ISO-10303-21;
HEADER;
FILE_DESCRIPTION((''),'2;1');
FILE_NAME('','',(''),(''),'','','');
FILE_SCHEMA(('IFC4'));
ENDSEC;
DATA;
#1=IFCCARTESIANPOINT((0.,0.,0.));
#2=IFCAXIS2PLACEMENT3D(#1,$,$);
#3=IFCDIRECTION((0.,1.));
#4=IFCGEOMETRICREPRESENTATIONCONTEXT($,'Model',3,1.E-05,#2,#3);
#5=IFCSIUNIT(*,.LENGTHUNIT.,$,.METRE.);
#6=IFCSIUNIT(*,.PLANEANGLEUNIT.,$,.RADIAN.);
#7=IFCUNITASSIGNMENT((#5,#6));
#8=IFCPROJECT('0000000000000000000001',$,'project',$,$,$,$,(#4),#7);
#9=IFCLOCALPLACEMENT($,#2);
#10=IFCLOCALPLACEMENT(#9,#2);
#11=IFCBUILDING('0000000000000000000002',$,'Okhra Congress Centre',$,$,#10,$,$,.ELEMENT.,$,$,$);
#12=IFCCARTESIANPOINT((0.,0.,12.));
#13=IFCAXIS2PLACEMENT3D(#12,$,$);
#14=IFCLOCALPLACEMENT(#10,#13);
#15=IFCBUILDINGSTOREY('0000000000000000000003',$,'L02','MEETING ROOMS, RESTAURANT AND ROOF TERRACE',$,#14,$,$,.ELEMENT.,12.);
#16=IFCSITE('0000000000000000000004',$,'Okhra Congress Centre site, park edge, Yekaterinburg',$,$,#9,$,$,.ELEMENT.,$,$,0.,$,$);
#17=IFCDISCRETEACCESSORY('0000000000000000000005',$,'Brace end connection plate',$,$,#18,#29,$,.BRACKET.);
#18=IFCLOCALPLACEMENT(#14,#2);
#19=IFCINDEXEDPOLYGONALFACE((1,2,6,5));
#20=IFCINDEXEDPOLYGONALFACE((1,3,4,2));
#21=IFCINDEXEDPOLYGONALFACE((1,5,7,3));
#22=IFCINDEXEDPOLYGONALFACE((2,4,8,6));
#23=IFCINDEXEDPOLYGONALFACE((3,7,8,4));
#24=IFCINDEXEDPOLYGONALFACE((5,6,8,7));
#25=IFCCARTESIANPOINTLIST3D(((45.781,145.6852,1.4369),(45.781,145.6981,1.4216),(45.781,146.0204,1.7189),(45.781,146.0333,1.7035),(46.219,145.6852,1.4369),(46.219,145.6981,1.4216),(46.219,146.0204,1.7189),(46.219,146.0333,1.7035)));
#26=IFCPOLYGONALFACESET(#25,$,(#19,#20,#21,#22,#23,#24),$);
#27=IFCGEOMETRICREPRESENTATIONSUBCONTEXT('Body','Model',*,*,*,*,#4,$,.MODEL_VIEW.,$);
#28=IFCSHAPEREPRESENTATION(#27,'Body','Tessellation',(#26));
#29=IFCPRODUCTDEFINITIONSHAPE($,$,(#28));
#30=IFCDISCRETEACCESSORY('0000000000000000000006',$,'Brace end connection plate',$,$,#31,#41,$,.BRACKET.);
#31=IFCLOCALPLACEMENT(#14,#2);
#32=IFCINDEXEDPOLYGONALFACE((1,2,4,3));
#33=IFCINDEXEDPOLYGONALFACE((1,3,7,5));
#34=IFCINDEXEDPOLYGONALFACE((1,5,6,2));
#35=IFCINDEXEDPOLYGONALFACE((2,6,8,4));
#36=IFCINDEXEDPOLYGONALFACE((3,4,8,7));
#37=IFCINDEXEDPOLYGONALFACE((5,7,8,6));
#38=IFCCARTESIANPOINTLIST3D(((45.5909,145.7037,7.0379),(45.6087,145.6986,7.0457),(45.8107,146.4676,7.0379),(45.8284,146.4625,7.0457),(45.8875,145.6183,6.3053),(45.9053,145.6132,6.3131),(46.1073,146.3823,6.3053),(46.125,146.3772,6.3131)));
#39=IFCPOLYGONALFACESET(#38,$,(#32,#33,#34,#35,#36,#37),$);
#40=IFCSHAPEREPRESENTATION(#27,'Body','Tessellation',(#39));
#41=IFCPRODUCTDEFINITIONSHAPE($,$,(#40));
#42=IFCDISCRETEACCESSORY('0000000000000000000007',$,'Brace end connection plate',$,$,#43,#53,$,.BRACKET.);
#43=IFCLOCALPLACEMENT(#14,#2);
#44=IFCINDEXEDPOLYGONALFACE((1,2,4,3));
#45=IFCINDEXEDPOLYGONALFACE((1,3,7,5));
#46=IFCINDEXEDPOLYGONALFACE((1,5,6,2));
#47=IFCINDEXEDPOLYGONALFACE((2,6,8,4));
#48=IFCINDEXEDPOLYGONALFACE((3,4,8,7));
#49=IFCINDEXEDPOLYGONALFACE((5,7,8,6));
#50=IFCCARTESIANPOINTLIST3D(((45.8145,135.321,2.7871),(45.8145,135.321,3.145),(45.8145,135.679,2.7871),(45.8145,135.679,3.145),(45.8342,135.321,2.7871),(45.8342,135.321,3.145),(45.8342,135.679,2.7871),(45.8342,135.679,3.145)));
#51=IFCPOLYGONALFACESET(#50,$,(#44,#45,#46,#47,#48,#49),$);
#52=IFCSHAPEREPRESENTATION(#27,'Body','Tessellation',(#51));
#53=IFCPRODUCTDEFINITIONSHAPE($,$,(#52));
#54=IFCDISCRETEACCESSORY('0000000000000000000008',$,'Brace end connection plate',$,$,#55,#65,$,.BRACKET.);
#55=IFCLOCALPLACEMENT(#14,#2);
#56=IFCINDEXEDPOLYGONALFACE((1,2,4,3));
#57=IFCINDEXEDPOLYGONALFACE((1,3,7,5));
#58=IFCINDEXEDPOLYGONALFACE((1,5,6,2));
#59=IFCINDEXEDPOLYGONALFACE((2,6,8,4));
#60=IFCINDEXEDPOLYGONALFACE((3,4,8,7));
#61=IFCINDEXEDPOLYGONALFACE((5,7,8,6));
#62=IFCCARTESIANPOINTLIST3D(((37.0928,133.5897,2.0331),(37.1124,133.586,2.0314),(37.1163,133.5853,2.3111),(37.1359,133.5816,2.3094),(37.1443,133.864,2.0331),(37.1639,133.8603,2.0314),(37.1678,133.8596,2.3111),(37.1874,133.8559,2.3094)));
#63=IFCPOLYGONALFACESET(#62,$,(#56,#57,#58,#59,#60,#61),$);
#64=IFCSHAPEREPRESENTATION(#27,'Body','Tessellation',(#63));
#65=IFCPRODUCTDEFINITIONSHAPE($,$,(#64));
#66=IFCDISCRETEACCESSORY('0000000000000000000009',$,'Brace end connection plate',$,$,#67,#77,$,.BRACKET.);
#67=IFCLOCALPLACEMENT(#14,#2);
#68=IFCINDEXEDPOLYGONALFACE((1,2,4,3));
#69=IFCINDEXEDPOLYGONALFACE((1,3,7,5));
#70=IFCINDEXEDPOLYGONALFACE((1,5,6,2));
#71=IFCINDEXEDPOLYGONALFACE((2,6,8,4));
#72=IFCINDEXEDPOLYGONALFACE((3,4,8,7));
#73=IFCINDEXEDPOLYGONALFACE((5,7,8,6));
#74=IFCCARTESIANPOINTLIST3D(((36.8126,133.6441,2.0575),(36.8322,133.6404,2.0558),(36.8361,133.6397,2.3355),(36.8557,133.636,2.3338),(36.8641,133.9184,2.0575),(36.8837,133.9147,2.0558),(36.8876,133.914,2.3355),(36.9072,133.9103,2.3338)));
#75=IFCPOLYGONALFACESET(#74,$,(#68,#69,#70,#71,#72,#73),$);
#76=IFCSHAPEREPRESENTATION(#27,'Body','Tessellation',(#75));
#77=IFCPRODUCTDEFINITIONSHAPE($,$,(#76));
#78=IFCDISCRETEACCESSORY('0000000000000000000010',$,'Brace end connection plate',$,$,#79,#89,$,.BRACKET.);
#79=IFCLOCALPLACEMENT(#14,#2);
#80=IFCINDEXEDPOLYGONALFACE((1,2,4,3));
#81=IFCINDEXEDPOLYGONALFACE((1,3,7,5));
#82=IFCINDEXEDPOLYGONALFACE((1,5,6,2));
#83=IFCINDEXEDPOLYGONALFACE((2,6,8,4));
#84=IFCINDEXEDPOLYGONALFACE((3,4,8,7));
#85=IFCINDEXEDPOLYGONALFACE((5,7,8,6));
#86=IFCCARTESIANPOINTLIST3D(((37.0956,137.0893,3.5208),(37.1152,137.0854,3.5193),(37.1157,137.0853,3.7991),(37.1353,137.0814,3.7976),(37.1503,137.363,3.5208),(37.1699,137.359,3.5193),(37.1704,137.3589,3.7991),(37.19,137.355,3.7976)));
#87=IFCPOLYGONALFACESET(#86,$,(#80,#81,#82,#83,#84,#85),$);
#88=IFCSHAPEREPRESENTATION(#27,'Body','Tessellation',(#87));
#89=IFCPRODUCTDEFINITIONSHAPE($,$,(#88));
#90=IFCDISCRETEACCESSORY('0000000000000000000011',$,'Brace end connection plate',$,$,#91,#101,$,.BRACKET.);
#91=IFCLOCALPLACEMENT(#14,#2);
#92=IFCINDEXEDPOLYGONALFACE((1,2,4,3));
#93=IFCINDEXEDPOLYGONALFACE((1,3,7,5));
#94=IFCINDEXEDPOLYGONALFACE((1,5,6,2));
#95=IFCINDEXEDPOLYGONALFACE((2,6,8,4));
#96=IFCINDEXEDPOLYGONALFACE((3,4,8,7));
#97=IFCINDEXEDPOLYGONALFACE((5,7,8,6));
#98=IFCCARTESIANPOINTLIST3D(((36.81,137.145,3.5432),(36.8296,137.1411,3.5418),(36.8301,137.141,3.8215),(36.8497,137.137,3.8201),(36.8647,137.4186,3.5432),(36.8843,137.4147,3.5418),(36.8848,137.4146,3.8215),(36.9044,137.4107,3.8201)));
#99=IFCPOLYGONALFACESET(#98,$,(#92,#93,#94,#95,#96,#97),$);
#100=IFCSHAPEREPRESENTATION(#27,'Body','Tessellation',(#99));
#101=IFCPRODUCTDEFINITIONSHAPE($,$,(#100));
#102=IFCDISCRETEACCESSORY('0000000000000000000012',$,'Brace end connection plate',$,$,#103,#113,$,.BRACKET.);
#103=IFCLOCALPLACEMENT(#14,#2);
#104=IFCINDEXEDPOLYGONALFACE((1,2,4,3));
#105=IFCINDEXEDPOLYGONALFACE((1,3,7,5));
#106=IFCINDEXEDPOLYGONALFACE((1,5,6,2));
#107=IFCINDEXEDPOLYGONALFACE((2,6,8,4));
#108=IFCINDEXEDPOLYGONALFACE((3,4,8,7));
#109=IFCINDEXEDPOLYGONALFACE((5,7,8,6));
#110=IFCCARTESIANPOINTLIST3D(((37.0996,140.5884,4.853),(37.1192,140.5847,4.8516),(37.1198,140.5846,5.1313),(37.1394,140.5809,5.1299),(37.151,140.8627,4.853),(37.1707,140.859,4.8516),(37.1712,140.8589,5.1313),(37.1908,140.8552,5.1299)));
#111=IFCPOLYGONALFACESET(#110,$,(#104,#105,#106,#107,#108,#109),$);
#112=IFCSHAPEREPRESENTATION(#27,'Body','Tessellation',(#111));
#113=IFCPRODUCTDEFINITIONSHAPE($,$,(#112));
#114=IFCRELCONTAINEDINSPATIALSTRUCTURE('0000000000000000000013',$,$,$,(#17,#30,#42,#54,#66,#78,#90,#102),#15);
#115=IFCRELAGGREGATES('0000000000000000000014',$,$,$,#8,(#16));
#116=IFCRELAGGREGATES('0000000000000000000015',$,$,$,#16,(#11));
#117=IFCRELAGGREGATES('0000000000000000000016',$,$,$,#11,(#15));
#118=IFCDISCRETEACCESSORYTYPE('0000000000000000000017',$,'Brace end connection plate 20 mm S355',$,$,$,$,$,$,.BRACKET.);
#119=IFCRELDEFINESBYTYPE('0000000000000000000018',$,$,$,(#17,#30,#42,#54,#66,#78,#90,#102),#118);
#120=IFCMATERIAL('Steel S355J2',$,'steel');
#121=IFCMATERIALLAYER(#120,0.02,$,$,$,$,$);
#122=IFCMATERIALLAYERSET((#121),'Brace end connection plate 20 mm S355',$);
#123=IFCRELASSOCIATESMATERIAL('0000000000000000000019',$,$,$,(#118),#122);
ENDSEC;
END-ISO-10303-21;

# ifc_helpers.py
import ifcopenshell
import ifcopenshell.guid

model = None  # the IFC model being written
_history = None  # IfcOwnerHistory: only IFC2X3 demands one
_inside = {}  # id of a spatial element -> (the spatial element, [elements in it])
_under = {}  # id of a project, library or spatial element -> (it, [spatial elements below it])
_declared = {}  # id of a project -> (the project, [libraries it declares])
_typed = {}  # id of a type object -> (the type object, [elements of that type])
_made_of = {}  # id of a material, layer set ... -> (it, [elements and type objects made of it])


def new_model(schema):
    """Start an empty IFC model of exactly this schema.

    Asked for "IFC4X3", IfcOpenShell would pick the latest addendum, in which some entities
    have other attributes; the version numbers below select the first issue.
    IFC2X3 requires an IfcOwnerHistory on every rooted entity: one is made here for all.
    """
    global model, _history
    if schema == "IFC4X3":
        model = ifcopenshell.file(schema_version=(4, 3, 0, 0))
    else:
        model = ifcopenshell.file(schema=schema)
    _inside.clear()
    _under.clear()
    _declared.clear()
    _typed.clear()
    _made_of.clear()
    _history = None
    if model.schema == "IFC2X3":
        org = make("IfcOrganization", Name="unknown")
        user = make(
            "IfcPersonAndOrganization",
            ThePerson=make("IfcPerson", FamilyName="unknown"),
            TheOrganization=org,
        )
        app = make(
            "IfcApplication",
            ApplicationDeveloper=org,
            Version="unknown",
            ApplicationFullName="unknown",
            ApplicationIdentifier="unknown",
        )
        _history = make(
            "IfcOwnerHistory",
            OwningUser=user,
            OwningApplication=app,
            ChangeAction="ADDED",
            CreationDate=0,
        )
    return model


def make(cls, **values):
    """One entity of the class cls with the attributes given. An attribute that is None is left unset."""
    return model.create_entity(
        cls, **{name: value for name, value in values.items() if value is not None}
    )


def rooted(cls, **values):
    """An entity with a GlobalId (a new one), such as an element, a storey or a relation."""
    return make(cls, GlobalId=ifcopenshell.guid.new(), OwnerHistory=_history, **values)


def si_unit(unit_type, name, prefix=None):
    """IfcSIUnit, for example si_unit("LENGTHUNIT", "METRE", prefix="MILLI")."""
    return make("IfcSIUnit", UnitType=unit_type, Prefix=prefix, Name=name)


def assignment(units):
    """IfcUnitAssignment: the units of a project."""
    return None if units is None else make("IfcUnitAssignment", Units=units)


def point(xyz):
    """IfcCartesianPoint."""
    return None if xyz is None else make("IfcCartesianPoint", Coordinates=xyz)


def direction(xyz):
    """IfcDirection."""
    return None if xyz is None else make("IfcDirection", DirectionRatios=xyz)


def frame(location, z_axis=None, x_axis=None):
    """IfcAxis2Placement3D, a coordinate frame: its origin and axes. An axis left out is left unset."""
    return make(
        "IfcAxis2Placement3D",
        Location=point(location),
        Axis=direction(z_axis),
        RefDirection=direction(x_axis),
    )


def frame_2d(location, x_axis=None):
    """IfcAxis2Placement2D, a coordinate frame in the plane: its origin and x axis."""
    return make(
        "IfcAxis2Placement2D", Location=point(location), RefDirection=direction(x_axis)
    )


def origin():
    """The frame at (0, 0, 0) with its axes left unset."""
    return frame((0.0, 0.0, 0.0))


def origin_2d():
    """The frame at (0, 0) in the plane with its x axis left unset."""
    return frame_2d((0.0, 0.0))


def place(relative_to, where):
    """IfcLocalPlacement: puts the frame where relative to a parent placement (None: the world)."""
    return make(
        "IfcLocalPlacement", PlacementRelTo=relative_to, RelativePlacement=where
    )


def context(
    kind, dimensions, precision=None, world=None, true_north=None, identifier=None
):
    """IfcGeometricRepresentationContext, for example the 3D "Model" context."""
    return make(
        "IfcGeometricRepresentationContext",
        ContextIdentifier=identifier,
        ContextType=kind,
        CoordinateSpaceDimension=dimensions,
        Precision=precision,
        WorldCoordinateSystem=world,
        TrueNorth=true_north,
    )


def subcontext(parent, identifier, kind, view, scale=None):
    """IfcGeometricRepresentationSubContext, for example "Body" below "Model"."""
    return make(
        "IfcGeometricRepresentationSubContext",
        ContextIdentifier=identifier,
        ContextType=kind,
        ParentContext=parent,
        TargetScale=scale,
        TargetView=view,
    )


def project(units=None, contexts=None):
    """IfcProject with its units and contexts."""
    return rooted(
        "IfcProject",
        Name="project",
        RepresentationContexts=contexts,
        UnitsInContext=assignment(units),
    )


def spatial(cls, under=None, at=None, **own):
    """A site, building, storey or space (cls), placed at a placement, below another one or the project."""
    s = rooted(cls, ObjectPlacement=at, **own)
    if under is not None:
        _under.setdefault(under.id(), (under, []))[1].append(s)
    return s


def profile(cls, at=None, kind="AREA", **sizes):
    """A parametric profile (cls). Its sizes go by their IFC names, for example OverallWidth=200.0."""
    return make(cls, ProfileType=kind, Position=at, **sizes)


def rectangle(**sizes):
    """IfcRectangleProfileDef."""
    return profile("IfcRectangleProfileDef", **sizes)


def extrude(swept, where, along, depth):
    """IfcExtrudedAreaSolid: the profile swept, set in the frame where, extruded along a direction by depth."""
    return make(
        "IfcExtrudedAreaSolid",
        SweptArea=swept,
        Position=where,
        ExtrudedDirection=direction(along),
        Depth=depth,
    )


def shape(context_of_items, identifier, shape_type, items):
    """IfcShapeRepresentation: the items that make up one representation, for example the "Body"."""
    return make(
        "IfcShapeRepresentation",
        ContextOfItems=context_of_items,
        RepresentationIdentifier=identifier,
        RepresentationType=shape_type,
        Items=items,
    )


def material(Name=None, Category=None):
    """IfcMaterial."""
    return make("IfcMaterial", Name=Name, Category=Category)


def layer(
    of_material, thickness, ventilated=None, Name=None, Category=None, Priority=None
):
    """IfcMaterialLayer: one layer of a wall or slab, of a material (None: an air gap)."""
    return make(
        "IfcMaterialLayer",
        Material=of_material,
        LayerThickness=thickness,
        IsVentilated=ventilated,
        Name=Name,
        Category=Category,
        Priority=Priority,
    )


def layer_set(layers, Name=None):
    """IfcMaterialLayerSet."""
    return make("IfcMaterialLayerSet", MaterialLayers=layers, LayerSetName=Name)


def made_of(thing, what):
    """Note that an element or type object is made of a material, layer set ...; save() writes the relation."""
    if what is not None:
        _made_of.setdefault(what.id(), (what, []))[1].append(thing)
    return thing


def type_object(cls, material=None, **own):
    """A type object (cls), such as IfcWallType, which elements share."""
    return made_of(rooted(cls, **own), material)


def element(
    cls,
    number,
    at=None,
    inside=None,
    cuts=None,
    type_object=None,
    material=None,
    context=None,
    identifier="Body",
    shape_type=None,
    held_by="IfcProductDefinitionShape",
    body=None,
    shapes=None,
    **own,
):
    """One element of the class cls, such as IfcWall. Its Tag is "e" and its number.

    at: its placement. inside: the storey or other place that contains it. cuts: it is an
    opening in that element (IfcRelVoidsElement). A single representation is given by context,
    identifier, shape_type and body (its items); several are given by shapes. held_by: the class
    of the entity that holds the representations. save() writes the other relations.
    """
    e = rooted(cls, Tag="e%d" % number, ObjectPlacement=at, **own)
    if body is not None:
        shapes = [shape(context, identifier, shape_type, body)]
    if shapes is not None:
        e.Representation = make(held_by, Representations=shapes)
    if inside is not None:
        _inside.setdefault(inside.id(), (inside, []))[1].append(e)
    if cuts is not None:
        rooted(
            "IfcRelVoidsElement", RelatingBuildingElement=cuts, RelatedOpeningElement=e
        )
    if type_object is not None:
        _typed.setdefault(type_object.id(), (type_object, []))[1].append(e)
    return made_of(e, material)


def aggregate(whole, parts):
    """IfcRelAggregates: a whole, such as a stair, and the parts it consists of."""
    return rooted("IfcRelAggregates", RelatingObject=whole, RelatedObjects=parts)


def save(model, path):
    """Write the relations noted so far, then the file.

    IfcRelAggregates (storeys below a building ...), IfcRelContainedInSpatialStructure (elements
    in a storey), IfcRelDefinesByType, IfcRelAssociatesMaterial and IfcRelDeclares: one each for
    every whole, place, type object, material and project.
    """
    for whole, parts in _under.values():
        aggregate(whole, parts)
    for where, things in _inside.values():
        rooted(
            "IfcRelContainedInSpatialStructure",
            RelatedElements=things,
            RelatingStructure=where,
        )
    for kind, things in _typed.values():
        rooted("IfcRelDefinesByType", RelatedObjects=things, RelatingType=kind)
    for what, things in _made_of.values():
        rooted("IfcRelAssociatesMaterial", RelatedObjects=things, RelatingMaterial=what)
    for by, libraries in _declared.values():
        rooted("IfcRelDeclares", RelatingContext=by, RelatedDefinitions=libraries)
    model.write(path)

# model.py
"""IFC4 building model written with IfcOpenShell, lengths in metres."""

from ifc_helpers import new_model, si_unit, direction, frame, origin, origin_2d, place, context, subcontext, project, spatial, rectangle, extrude, material, layer, layer_set, type_object, element, save


model = new_model("IFC4")

# Units and contexts
model_context = context("Model", 3, precision=1e-05, world=origin(), true_north=direction((0.0, 1.0)))
body_context = subcontext(model_context, "Body", "Model", "MODEL_VIEW")
ifc_project = project(units=[si_unit("LENGTHUNIT", "METRE"), si_unit("PLANEANGLEUNIT", "RADIAN")], contexts=[model_context])

# Site, building, storey
site_placement = place(None, origin())
site = spatial("IfcSite", under=ifc_project, at=site_placement, Name="Okhra Congress Centre site, park edge, Yekaterinburg", CompositionType="ELEMENT", RefElevation=0.0)
building_placement = place(site_placement, origin())
building = spatial("IfcBuilding", under=site, at=building_placement, Name="Okhra Congress Centre", CompositionType="ELEMENT")
storey_placement = place(building_placement, frame((0.0, 0.0, 12.0)))
storey = spatial("IfcBuildingStorey", under=building, at=storey_placement, Name="L02", Description="MEETING ROOMS, RESTAURANT AND ROOF TERRACE", CompositionType="ELEMENT", Elevation=12.0)

# Shared definitions
ifc_material_1 = material(Name="Steel S355J2", Category="steel")

# Discrete accessories
ifc_layer_1 = layer(ifc_material_1, 0.02)
ifc_layer_set_1 = layer_set([ifc_layer_1], Name="Brace end connection plate 20 mm S355")
discrete_accessory_type = type_object("IfcDiscreteAccessoryType", Name="Brace end connection plate 20 mm S355", PredefinedType="BRACKET", material=ifc_layer_set_1)
discrete_accessory_1_placement = place(storey_placement, frame((46.0, 145.8528, 1.5779), z_axis=(0.0, 0.643762, -0.765226), x_axis=(-1.0, 0.0, 0.0)))
element("IfcDiscreteAccessory", 1, at=discrete_accessory_1_placement, inside=storey, type_object=discrete_accessory_type, Name="Brace end connection plate", PredefinedType="BRACKET", context=body_context, shape_type="SweptSolid", body=[
    extrude(rectangle(XDim=0.438, YDim=0.438, at=origin_2d()), origin(), (0.0, 0.0, 1.0), 0.02),
])
discrete_accessory_2_placement = place(storey_placement, frame((45.8491, 146.043, 6.6716), z_axis=(0.885646, -0.254775, 0.388228), x_axis=(0.276459, 0.961026, 0.0)))
element("IfcDiscreteAccessory", 2, at=discrete_accessory_2_placement, inside=storey, type_object=discrete_accessory_type, Name="Brace end connection plate", PredefinedType="BRACKET", context=body_context, shape_type="SweptSolid", body=[
    extrude(rectangle(XDim=0.7949, YDim=0.7949, at=origin_2d()), origin(), (0.0, 0.0, 1.0), 0.02),
])
discrete_accessory_3_placement = place(storey_placement, frame((45.8145, 135.5, 2.9661), z_axis=(1.0, 0.0, 0.0), x_axis=(0.0, 1.0, 0.0)))
element("IfcDiscreteAccessory", 3, at=discrete_accessory_3_placement, inside=storey, type_object=discrete_accessory_type, Name="Brace end connection plate", PredefinedType="BRACKET", context=body_context, shape_type="SweptSolid", body=[
    extrude(rectangle(XDim=0.3579, YDim=0.3579, at=origin_2d()), origin(), (0.0, 0.0, 1.0), 0.0198),
])
for number, where, z_axis, x_axis, name in (
    (4, (37.1499, 133.7209, 2.1704), (-0.979257, 0.183611, 0.085685), (-0.184289, -0.982872, 0.0), "Brace end connection plate"),
    (5, (36.8501, 133.7791, 2.1965), (0.979257, -0.183611, -0.085685), (0.184289, 0.982872, 0.0), "Brace end connection plate"),
    (6, (37.1526, 137.2202, 3.6584), (-0.97794, 0.195588, 0.073345), (-0.196116, -0.980581, 0.0), "Brace end connection plate"),
    (7, (36.8474, 137.2798, 3.6824), (0.97794, -0.195588, -0.073345), (0.196116, 0.980581, 0.0), "Brace end connection plate"),
    (8, (37.155, 140.72, 4.9907), (-0.980213, 0.18379, 0.073516), (-0.184289, -0.982872, 0.0), "Brace end connection plate"),
):
    element("IfcDiscreteAccessory", number, at=place(storey_placement, frame(where, z_axis=z_axis, x_axis=x_axis)), inside=storey, type_object=discrete_accessory_type, Name=name, PredefinedType="BRACKET", context=body_context, shape_type="SweptSolid", body=[
        extrude(rectangle(XDim=0.2791, YDim=0.2791, at=origin_2d()), origin(), (0.0, 0.0, 1.0), 0.02),
    ])

save(model, "model.ifc")
